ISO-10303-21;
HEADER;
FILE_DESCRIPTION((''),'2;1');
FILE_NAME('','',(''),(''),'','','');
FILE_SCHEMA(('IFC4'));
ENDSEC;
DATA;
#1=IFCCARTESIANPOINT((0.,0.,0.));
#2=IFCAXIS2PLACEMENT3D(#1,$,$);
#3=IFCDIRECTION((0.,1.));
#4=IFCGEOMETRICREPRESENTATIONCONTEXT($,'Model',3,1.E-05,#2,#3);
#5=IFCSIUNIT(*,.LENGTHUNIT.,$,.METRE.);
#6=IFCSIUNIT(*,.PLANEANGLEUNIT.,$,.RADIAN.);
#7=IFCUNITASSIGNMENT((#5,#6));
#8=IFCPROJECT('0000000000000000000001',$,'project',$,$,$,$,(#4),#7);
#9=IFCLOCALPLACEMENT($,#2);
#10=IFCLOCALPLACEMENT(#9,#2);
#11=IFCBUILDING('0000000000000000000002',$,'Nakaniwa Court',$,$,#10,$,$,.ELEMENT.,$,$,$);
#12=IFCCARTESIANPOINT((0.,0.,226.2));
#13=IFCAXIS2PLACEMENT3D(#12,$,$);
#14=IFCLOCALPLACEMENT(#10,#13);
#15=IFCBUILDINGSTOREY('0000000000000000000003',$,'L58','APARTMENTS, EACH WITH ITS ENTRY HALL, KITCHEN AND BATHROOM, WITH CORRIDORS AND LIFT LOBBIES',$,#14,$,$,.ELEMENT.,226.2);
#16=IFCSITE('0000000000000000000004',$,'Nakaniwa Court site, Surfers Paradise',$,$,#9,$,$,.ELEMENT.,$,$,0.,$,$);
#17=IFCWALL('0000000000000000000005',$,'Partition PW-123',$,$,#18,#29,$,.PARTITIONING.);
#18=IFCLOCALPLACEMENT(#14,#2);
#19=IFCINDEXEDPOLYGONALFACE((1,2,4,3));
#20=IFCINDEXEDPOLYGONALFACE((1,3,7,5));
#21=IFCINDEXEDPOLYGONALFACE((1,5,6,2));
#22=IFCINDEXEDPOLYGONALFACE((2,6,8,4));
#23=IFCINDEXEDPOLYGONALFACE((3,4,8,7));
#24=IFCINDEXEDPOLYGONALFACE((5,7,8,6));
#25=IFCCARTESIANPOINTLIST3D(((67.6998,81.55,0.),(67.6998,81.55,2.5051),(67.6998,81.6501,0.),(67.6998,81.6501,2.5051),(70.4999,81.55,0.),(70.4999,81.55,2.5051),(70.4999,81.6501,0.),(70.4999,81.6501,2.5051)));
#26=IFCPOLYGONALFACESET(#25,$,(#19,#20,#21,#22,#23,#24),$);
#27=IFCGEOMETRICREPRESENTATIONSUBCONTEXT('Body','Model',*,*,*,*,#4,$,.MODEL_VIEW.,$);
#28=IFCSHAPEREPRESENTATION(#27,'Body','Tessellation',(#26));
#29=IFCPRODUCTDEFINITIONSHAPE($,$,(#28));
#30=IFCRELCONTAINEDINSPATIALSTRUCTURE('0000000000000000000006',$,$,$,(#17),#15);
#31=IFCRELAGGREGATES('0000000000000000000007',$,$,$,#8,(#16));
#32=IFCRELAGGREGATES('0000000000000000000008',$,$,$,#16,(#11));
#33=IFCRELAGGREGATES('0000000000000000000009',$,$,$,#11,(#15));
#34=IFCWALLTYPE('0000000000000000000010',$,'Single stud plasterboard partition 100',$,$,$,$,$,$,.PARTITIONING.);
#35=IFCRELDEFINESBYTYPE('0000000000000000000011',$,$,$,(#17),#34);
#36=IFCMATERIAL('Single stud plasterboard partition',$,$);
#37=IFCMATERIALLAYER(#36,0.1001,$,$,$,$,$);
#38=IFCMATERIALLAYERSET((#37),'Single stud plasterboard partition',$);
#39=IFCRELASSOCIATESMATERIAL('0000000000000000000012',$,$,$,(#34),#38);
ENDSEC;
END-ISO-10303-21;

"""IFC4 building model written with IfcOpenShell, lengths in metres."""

from ifc_helpers import new_model, si_unit, direction, frame, frame_2d, origin, place, context, subcontext, project, spatial, rectangle, extrude, material, layer, layer_set, type_object, element, save


model = new_model("IFC4")

# Units and contexts
model_context = context("Model", 3, precision=1e-05, world=origin(), true_north=direction((0.0, 1.0)))
body_context = subcontext(model_context, "Body", "Model", "MODEL_VIEW")
ifc_project = project(units=[si_unit("LENGTHUNIT", "METRE"), si_unit("PLANEANGLEUNIT", "RADIAN")], contexts=[model_context])

# Site, building, storey
site_placement = place(None, origin())
site = spatial("IfcSite", under=ifc_project, at=site_placement, Name="Nakaniwa Court site, Surfers Paradise", CompositionType="ELEMENT", RefElevation=0.0)
building_placement = place(site_placement, origin())
building = spatial("IfcBuilding", under=site, at=building_placement, Name="Nakaniwa Court", CompositionType="ELEMENT")
storey_placement = place(building_placement, frame((0.0, 0.0, 226.2)))
storey = spatial("IfcBuildingStorey", under=building, at=storey_placement, Name="L58", Description="APARTMENTS, EACH WITH ITS ENTRY HALL, KITCHEN AND BATHROOM, WITH CORRIDORS AND LIFT LOBBIES", CompositionType="ELEMENT", Elevation=226.2)

# Shared definitions
ifc_material_1 = material(Name="Single stud plasterboard partition")
ifc_layer_1 = layer(ifc_material_1, 0.1001)
ifc_layer_set_1 = layer_set([ifc_layer_1], Name="Single stud plasterboard partition")
wall_type_1 = type_object("IfcWallType", Name="Single stud plasterboard partition 100", PredefinedType="PARTITIONING", material=ifc_layer_set_1)

# Wall
wall_1_placement = place(storey_placement, frame((67.7, 81.6001, 0.0), z_axis=(0.0, 0.0, 1.0), x_axis=(1.0, 0.0, 0.0)))
element("IfcWall", 1, at=wall_1_placement, inside=storey, type_object=wall_type_1, Name="Partition PW-123", PredefinedType="PARTITIONING", context=body_context, shape_type="SweptSolid", body=[
    extrude(rectangle(XDim=2.8, YDim=0.1001, at=frame_2d((1.3999, 0.0))), origin(), (0.0, 0.0, 1.0), 2.5051),
])

save(model, "model.ifc")
